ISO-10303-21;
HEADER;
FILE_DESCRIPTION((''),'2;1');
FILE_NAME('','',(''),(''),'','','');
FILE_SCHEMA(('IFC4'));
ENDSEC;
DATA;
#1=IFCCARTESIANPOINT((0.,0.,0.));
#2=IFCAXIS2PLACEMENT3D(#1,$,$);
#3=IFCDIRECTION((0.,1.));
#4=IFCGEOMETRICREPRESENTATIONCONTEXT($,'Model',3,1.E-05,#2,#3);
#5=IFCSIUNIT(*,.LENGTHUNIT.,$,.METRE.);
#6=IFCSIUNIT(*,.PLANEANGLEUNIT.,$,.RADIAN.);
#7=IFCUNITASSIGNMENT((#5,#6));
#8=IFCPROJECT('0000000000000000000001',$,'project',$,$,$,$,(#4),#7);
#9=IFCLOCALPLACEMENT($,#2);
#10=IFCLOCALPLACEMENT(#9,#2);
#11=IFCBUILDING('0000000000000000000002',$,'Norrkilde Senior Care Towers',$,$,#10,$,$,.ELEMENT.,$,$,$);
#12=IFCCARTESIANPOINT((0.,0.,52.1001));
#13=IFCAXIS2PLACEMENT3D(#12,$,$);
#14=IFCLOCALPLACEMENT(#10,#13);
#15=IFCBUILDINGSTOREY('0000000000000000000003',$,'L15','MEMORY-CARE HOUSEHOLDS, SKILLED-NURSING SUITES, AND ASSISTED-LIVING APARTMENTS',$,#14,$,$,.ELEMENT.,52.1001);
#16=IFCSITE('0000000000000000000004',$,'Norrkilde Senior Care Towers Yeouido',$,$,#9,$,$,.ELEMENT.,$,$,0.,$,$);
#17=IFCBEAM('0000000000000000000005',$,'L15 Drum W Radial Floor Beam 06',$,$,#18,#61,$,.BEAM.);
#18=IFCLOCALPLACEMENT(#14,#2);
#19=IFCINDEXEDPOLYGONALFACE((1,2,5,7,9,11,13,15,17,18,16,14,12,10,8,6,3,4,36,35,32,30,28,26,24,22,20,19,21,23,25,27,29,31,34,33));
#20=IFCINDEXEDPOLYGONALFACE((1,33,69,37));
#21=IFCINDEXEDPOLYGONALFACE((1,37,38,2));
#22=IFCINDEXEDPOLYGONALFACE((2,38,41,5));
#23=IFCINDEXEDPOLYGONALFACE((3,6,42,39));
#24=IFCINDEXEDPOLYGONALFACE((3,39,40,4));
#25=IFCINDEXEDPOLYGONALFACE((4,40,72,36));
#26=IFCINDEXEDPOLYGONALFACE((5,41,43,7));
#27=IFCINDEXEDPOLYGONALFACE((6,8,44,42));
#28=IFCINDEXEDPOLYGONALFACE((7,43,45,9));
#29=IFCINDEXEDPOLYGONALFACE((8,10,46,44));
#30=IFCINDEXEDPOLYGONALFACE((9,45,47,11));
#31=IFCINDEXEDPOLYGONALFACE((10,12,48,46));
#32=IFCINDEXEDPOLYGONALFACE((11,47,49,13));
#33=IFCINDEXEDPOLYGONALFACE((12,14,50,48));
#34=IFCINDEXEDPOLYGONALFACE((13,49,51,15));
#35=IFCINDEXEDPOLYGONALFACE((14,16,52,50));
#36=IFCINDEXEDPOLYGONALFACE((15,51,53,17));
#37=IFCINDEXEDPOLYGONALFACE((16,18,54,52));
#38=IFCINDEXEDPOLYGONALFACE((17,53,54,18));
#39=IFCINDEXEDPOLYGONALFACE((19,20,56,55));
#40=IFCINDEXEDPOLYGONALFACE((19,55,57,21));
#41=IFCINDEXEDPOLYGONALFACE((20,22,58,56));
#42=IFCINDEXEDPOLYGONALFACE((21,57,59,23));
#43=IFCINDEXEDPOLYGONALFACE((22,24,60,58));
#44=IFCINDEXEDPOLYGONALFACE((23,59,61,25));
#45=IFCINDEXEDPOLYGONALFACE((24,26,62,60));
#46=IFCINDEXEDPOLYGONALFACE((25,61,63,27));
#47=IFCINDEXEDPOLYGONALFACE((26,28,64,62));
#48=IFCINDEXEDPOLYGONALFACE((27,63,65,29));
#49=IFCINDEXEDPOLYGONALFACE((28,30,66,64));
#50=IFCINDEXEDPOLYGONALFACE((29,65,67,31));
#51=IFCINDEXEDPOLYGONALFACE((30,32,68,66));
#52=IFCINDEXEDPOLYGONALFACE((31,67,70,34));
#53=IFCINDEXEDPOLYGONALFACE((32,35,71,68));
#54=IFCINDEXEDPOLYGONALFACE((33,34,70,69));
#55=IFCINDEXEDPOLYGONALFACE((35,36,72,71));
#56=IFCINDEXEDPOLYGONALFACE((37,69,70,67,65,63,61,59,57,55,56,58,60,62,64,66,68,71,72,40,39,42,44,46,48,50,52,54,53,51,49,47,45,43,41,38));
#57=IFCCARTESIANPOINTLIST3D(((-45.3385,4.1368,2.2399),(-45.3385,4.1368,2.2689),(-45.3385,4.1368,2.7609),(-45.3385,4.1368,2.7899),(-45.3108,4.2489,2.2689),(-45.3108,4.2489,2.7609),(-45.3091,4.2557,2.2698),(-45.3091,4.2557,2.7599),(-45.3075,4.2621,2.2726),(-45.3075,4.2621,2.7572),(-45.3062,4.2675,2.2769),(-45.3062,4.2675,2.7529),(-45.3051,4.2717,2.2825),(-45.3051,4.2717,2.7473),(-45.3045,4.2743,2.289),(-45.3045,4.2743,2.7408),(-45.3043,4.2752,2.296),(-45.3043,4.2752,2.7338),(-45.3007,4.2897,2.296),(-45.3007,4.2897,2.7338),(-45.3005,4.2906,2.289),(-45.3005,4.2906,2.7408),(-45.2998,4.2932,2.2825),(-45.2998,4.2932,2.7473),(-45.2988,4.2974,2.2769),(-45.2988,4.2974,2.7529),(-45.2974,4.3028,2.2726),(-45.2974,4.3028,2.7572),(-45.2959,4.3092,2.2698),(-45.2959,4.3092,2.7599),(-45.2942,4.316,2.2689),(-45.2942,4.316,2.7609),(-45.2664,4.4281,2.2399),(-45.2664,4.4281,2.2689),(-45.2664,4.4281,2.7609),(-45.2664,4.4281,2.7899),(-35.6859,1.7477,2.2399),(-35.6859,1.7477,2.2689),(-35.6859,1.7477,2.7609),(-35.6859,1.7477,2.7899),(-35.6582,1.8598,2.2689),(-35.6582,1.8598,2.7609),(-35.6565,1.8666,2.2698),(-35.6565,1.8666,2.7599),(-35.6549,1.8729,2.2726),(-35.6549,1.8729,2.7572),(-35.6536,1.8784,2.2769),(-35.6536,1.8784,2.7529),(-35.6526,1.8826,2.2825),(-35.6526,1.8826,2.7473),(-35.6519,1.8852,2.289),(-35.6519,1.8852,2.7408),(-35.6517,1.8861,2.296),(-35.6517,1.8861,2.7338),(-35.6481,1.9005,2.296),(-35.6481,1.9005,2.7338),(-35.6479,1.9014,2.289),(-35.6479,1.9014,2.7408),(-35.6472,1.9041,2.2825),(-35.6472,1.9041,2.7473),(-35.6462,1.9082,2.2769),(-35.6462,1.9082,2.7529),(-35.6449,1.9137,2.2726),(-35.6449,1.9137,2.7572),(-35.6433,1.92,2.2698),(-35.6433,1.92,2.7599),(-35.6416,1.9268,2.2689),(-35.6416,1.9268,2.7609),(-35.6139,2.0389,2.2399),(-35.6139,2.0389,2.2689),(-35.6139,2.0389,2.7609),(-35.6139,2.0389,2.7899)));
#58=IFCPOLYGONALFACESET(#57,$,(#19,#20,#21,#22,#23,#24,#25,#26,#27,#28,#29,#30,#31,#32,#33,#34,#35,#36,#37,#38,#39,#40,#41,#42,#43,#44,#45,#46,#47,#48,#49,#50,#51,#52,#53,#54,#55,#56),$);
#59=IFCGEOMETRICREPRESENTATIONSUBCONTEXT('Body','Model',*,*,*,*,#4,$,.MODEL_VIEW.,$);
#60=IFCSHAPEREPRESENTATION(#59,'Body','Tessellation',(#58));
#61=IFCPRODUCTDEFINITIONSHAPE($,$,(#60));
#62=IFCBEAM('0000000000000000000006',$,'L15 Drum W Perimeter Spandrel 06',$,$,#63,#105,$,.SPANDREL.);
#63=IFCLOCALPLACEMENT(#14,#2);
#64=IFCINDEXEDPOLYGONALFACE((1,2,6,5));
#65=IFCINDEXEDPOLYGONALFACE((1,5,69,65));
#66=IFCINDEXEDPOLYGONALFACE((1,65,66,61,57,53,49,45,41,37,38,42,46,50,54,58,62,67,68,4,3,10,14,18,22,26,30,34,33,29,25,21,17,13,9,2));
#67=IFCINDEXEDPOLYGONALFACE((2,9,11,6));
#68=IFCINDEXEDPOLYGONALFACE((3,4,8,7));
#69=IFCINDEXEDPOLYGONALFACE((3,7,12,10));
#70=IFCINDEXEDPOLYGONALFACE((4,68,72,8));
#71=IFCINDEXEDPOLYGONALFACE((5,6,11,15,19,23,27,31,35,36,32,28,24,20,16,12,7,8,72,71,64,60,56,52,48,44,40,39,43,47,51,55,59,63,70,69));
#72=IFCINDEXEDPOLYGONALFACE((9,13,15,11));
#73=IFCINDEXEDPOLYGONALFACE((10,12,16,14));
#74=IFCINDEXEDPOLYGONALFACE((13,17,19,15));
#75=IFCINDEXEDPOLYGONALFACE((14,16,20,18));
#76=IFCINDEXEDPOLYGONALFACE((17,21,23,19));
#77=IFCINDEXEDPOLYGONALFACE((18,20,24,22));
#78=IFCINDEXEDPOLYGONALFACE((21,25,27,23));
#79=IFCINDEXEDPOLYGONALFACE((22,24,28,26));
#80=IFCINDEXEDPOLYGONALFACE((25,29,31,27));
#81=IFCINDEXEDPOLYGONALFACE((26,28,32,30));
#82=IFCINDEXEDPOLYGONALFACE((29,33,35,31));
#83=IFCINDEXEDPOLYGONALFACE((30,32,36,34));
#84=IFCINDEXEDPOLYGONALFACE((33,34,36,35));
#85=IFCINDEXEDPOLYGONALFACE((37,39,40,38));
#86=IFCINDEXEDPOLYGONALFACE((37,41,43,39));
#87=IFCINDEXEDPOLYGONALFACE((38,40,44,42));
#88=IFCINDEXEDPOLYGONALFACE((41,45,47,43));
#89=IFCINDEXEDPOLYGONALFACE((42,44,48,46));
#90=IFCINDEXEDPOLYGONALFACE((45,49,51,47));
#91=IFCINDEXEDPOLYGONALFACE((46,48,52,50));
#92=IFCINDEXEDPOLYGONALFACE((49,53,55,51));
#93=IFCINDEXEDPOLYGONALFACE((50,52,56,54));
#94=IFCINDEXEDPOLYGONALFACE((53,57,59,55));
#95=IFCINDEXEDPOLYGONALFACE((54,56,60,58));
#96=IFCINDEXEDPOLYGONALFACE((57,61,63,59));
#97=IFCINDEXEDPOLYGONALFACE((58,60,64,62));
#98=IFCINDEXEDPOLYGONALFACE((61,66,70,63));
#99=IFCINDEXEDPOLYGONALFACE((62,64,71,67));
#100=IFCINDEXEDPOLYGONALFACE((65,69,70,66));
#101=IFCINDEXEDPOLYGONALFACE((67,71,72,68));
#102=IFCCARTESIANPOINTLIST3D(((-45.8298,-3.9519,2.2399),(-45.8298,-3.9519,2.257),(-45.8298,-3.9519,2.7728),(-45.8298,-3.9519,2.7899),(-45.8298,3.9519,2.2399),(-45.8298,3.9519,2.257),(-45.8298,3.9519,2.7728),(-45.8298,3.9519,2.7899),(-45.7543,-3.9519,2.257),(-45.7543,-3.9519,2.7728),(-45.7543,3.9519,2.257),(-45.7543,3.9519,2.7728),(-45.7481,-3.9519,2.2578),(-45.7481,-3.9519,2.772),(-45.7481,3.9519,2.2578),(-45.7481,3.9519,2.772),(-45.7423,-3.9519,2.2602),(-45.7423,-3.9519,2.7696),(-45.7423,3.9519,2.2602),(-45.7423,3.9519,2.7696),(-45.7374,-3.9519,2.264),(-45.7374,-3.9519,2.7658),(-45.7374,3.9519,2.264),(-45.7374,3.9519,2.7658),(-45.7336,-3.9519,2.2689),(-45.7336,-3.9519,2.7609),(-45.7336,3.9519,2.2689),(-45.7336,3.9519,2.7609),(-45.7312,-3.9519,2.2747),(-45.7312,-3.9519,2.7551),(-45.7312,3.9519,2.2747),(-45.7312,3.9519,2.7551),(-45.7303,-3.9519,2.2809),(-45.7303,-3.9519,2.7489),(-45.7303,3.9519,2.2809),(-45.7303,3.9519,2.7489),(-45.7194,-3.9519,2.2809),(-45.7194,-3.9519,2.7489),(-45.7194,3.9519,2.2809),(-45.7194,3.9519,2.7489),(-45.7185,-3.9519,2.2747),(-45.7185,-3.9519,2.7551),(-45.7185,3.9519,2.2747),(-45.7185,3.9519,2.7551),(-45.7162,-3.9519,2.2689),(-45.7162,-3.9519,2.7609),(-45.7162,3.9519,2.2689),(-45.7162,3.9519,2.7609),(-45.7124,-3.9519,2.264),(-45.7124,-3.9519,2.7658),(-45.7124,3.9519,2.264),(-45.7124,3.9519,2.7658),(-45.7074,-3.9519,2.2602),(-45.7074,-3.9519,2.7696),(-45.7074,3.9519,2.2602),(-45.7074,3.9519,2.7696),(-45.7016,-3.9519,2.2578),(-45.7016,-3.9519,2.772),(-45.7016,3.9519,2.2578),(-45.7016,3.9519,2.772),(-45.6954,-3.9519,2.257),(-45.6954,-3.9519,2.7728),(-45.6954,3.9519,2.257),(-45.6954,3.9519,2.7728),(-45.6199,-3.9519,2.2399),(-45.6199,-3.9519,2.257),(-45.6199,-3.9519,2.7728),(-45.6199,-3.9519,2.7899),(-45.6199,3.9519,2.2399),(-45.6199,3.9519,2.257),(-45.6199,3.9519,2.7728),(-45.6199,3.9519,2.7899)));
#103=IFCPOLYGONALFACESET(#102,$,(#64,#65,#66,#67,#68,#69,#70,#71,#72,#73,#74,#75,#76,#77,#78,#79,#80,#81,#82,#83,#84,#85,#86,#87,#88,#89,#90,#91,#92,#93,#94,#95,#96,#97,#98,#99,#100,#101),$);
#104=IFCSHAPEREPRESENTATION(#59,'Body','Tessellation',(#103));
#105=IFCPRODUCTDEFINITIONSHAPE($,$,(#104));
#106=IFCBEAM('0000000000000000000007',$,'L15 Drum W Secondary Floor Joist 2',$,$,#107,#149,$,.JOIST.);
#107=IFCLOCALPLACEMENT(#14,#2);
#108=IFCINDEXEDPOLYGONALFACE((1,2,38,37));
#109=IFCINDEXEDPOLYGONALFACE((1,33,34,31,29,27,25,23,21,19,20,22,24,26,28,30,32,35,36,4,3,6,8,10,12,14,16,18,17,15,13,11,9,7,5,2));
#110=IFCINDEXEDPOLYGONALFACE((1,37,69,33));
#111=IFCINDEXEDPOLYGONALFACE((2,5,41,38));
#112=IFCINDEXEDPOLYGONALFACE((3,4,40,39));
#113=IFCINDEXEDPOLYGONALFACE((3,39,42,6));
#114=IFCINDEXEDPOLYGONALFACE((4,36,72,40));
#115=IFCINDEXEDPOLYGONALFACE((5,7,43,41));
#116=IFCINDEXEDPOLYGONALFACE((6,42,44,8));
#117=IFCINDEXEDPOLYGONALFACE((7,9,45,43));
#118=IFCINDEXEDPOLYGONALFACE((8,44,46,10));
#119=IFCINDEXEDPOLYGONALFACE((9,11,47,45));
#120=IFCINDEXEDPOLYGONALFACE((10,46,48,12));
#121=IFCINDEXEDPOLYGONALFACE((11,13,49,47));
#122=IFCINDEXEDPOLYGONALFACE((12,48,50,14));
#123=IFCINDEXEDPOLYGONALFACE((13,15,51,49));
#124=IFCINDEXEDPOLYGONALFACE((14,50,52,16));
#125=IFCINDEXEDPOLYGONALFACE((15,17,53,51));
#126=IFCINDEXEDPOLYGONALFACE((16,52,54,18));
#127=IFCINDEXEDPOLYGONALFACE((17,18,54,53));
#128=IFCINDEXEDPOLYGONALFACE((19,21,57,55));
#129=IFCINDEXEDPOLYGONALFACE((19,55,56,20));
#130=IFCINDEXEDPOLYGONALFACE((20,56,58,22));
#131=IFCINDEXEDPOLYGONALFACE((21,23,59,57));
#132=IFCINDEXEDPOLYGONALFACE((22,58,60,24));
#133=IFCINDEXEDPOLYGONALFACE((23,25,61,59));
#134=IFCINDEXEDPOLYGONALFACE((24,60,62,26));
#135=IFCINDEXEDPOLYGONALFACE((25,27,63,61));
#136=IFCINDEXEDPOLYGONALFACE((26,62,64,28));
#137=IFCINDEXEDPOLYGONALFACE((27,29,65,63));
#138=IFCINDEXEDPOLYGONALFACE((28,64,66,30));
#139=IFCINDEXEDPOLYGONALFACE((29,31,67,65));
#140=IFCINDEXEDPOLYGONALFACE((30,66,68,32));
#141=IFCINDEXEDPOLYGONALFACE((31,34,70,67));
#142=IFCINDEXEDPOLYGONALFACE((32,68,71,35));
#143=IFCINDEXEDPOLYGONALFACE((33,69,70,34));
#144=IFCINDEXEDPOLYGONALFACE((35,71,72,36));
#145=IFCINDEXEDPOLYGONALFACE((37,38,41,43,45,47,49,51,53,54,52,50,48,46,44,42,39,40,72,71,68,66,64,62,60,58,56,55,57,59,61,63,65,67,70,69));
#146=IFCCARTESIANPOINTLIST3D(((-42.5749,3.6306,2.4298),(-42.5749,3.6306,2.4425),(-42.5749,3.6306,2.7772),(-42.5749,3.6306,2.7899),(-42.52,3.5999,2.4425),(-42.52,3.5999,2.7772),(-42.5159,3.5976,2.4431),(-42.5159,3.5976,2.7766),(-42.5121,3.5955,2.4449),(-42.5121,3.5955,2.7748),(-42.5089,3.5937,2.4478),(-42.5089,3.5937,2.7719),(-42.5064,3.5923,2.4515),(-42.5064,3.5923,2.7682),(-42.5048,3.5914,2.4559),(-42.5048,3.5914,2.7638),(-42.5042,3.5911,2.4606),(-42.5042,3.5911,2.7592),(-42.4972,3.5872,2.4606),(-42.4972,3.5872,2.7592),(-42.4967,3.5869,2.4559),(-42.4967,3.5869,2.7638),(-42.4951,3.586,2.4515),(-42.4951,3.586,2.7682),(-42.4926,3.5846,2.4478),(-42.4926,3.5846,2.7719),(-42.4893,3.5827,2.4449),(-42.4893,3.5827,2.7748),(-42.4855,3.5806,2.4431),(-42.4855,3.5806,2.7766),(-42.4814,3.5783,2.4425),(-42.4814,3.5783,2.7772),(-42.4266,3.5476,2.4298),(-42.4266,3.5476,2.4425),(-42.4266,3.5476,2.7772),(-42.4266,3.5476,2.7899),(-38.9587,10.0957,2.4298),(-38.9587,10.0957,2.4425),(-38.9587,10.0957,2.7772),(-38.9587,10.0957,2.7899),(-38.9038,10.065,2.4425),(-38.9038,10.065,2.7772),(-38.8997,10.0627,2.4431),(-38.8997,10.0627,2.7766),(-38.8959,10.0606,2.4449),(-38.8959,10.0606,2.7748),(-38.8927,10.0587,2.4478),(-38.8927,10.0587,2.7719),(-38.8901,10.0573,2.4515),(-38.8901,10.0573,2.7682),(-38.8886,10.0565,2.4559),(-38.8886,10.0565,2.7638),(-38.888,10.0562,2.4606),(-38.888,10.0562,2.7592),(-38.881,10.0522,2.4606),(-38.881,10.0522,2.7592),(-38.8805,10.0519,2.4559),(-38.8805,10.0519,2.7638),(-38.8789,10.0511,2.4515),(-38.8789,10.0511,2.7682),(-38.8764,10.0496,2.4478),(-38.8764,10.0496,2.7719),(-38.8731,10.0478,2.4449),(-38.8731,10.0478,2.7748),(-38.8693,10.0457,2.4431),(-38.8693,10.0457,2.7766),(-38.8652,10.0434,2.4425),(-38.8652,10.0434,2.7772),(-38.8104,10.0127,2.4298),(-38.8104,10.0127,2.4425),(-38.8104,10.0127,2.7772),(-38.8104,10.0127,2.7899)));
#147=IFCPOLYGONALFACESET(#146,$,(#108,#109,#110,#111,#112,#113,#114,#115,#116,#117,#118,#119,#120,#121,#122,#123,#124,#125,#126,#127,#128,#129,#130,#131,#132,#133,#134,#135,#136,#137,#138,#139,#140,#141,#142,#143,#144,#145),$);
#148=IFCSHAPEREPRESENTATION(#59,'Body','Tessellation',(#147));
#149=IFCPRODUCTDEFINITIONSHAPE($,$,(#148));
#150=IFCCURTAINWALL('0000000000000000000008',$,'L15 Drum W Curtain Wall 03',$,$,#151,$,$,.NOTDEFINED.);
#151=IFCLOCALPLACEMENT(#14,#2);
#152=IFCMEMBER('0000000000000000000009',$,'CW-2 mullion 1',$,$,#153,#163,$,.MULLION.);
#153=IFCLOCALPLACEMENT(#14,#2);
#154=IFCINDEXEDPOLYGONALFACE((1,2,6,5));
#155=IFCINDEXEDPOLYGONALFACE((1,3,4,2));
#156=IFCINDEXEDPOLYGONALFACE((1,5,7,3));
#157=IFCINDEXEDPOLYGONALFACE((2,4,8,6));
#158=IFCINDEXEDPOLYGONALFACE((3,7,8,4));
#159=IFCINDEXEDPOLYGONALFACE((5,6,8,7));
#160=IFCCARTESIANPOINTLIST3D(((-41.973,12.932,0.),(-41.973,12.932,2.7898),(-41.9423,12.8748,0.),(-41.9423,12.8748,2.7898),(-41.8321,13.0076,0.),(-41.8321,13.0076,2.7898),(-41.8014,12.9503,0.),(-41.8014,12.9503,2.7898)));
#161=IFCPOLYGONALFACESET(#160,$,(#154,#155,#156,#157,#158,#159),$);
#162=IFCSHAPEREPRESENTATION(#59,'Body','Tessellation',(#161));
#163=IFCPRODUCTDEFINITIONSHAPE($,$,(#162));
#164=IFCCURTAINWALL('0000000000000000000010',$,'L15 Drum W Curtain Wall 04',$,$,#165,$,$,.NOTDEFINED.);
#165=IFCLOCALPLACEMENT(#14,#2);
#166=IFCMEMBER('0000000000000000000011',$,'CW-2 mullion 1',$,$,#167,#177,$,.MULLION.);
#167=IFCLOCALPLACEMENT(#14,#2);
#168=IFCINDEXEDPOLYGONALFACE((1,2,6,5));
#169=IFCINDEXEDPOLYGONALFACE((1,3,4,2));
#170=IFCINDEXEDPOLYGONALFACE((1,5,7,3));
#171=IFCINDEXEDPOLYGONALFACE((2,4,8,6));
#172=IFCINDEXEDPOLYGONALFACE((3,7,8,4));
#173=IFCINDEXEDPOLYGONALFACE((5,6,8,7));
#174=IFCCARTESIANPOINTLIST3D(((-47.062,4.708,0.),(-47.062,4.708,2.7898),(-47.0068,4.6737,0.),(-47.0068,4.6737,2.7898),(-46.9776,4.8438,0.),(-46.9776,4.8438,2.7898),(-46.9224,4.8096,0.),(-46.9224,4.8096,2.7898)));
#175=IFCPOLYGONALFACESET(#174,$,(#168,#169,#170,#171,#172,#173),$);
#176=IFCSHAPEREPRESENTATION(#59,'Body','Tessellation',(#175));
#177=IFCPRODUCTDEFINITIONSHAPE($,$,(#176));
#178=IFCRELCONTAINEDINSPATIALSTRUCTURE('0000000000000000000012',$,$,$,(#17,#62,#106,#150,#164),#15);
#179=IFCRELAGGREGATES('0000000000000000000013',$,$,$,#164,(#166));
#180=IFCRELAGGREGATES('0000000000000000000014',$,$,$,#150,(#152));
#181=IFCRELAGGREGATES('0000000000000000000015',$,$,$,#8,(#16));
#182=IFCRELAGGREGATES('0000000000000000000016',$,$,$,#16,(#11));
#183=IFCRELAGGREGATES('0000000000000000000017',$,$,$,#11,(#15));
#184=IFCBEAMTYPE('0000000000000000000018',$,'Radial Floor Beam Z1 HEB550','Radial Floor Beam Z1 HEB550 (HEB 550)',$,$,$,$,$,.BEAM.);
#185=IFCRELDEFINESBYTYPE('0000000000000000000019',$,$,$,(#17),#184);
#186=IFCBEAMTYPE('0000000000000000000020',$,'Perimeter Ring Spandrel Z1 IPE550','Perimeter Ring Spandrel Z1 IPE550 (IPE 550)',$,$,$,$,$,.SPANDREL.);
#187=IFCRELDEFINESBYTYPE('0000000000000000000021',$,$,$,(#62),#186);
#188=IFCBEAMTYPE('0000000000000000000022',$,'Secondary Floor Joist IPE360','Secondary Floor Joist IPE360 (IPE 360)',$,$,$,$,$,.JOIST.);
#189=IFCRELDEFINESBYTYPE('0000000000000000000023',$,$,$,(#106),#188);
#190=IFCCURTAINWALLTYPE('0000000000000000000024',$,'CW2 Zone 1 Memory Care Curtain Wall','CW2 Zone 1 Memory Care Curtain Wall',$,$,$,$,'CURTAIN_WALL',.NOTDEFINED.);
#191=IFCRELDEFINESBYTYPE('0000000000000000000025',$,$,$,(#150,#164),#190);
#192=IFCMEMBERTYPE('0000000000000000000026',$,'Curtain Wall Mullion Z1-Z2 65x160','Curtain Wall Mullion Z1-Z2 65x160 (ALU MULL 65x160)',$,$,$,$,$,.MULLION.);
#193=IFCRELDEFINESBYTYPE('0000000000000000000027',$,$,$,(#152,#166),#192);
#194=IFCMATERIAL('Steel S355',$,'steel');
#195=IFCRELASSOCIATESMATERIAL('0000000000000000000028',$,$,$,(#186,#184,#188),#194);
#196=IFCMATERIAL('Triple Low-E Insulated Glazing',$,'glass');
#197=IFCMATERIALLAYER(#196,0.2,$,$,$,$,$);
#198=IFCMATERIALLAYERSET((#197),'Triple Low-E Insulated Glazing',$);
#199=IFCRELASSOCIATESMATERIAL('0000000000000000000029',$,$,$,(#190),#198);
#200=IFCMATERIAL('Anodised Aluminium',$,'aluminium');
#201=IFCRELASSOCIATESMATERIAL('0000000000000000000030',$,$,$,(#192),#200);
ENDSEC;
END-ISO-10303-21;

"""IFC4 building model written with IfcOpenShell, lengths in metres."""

from ifc_helpers import new_model, si_unit, direction, frame, origin, origin_2d, place, context, subcontext, project, spatial, rectangle, i_section, extrude, source, transform, mapped, material, layer, layer_set, material_profile, profile_set, type_object, type_shapes, element, aggregate, save


model = new_model("IFC4")

# Units and contexts
model_context = context("Model", 3, precision=1e-05, world=origin(), true_north=direction((0.0, 1.0)))
body_context = subcontext(model_context, "Body", "Model", "MODEL_VIEW")
ifc_project = project(units=[si_unit("LENGTHUNIT", "METRE"), si_unit("PLANEANGLEUNIT", "RADIAN")], contexts=[model_context])

# Site, building, storey
site_placement = place(None, origin())
site = spatial("IfcSite", under=ifc_project, at=site_placement, Name="Norrkilde Senior Care Towers Yeouido", CompositionType="ELEMENT", RefElevation=0.0)
building_placement = place(site_placement, origin())
building = spatial("IfcBuilding", under=site, at=building_placement, Name="Norrkilde Senior Care Towers", CompositionType="ELEMENT")
storey_placement = place(building_placement, frame((0.0, 0.0, 52.1001)))
storey = spatial("IfcBuildingStorey", under=building, at=storey_placement, Name="L15", Description="MEMORY-CARE HOUSEHOLDS, SKILLED-NURSING SUITES, AND ASSISTED-LIVING APARTMENTS", CompositionType="ELEMENT", Elevation=52.1001)

# Beams
ifc_material_1 = material(Name="Steel S355", Category="steel")
ifc_material_profile_1 = material_profile(ifc_material_1, i_section(OverallWidth=0.21, OverallDepth=0.55, WebThickness=0.011, FlangeThickness=0.0171, FilletRadius=0.0239, at=origin_2d()), Name="IPE 550")
ifc_profile_set_1 = profile_set([ifc_material_profile_1], Name="Steel S355")
beam_type_1 = type_object("IfcBeamType", Name="Perimeter Ring Spandrel Z1 IPE550", Description="Perimeter Ring Spandrel Z1 IPE550 (IPE 550)", PredefinedType="SPANDREL", material=ifc_profile_set_1)
ifc_material_profile_2 = material_profile(ifc_material_1, i_section(OverallWidth=0.3, OverallDepth=0.55, WebThickness=0.0149, FlangeThickness=0.0291, FilletRadius=0.0271, at=origin_2d()), Name="HEB 550")
ifc_profile_set_2 = profile_set([ifc_material_profile_2], Name="Steel S355")
beam_type_2 = type_object("IfcBeamType", Name="Radial Floor Beam Z1 HEB550", Description="Radial Floor Beam Z1 HEB550 (HEB 550)", PredefinedType="BEAM", material=ifc_profile_set_2)
shared_shape_1 = source(origin(), body_context, "Body", "SweptSolid", [
    extrude(i_section(OverallWidth=0.3, OverallDepth=0.55, WebThickness=0.0149, FlangeThickness=0.0291, FilletRadius=0.0271, at=origin_2d()), origin(), (0.0, 0.0, 1.0), 9.9438),
])
type_shapes(beam_type_2, [shared_shape_1])
beam_1_placement = place(storey_placement, frame((-35.6499, 1.8933, 2.5149), z_axis=(-0.970707, 0.240265, 0.0), x_axis=(-0.240265, -0.970707, 0.0)))
element("IfcBeam", 1, at=beam_1_placement, inside=storey, type_object=beam_type_2, Name="L15 Drum W Radial Floor Beam 06", PredefinedType="BEAM", context=body_context, shape_type="MappedRepresentation", body=[
    mapped(shared_shape_1, transform((0.0, 0.0, 0.0), x_axis=(1.0, 0.0, 0.0), y_axis=(0.0, 1.0, 0.0), z_axis=(0.0, 0.0, 1.0), scale=1.0)),
])
shared_shape_2 = source(origin(), body_context, "Body", "SweptSolid", [
    extrude(i_section(OverallWidth=0.21, OverallDepth=0.55, WebThickness=0.011, FlangeThickness=0.0171, FilletRadius=0.0239, at=origin_2d()), origin(), (0.0, 0.0, 1.0), 7.9038),
])
beam_2_placement = place(storey_placement, frame((-45.7249, 3.9519, 2.5149), z_axis=(0.0, -1.0, 0.0), x_axis=(1.0, 0.0, 0.0)))
element("IfcBeam", 2, at=beam_2_placement, inside=storey, type_object=beam_type_1, Name="L15 Drum W Perimeter Spandrel 06", PredefinedType="SPANDREL", context=body_context, shape_type="MappedRepresentation", body=[
    mapped(shared_shape_2, transform((0.0, 0.0, 0.0), x_axis=(1.0, 0.0, 0.0), y_axis=(0.0, 1.0, 0.0), z_axis=(0.0, 0.0, 1.0), scale=1.0)),
])
ifc_material_profile_3 = material_profile(ifc_material_1, i_section(OverallWidth=0.1699, OverallDepth=0.3601, WebThickness=0.0081, FlangeThickness=0.0127, FilletRadius=0.0181, at=origin_2d()), Name="IPE 360")
ifc_profile_set_3 = profile_set([ifc_material_profile_3], Name="Steel S355")
beam_type_3 = type_object("IfcBeamType", Name="Secondary Floor Joist IPE360", Description="Secondary Floor Joist IPE360 (IPE 360)", PredefinedType="JOIST", material=ifc_profile_set_3)
shared_shape_3 = source(origin(), body_context, "Body", "SweptSolid", [
    extrude(i_section(OverallWidth=0.1699, OverallDepth=0.3601, WebThickness=0.0081, FlangeThickness=0.0127, FilletRadius=0.0181, at=origin_2d()), origin(), (0.0, 0.0, 1.0), 7.4077),
])
type_shapes(beam_type_3, [shared_shape_3])
beam_3_placement = place(storey_placement, frame((-38.8845, 10.0542, 2.6099), z_axis=(-0.488168, -0.87275, 0.0), x_axis=(0.87275, -0.488168, 0.0)))
element("IfcBeam", 3, at=beam_3_placement, inside=storey, type_object=beam_type_3, Name="L15 Drum W Secondary Floor Joist 2", PredefinedType="JOIST", context=body_context, shape_type="MappedRepresentation", body=[
    mapped(shared_shape_3, transform((0.0, 0.0, 0.0), x_axis=(1.0, 0.0, 0.0), y_axis=(0.0, 1.0, 0.0), z_axis=(0.0, 0.0, 1.0), scale=1.0)),
])

# Curtain wall, member
ifc_material_2 = material(Name="Triple Low-E Insulated Glazing", Category="glass")
ifc_layer_1 = layer(ifc_material_2, 0.2)
ifc_layer_set_1 = layer_set([ifc_layer_1], Name="Triple Low-E Insulated Glazing")
curtain_wall_type = type_object("IfcCurtainWallType", Name="CW2 Zone 1 Memory Care Curtain Wall", Description="CW2 Zone 1 Memory Care Curtain Wall", ElementType="CURTAIN_WALL", PredefinedType="NOTDEFINED", material=ifc_layer_set_1)
curtain_wall_1_placement = place(storey_placement, origin())
curtain_wall_1 = element("IfcCurtainWall", 4, at=curtain_wall_1_placement, inside=storey, type_object=curtain_wall_type, Name="L15 Drum W Curtain Wall 03", PredefinedType="NOTDEFINED")
ifc_material_3 = material(Name="Anodised Aluminium", Category="aluminium")
ifc_material_profile_4 = material_profile(ifc_material_3, rectangle(XDim=0.0649, YDim=0.1599, at=origin_2d()), Name="ALU MULL 65x160")
ifc_profile_set_4 = profile_set([ifc_material_profile_4], Name="Anodised Aluminium")
member_type_1 = type_object("IfcMemberType", Name="Curtain Wall Mullion Z1-Z2 65x160", Description="Curtain Wall Mullion Z1-Z2 65x160 (ALU MULL 65x160)", PredefinedType="MULLION", material=ifc_profile_set_4)
shared_shape_4 = source(origin(), body_context, "Body", "SweptSolid", [
    extrude(rectangle(XDim=0.0649, YDim=0.1599, at=origin_2d()), origin(), (0.0, 0.0, 1.0), 2.7898),
])
type_shapes(member_type_1, [shared_shape_4])
member_1_placement = place(storey_placement, frame((-41.8872, 12.9412, 0.0), z_axis=(0.0, 0.0, 1.0), x_axis=(-0.472608, 0.881273, 0.0)))
member_1 = element("IfcMember", 5, at=member_1_placement, type_object=member_type_1, Name="CW-2 mullion 1", PredefinedType="MULLION", context=body_context, shape_type="MappedRepresentation", body=[
    mapped(shared_shape_4, transform((0.0, 0.0, 0.0), x_axis=(1.0, 0.0, 0.0), y_axis=(0.0, 1.0, 0.0), z_axis=(0.0, 0.0, 1.0), scale=1.0)),
])

# Curtain wall, member
curtain_wall_2_placement = place(storey_placement, origin())
curtain_wall_2 = element("IfcCurtainWall", 6, at=curtain_wall_2_placement, inside=storey, type_object=curtain_wall_type, Name="L15 Drum W Curtain Wall 04", PredefinedType="NOTDEFINED")
member_2_placement = place(storey_placement, frame((-46.9922, 4.7588, 0.0), z_axis=(0.0, 0.0, 1.0), x_axis=(-0.849306, 0.527901, 0.0)))
member_2 = element("IfcMember", 7, at=member_2_placement, type_object=member_type_1, Name="CW-2 mullion 1", PredefinedType="MULLION", context=body_context, shape_type="MappedRepresentation", body=[
    mapped(shared_shape_4, transform((0.0, 0.0, 0.0), x_axis=(1.0, 0.0, 0.0), y_axis=(0.0, 1.0, 0.0), z_axis=(0.0, 0.0, 1.0), scale=1.0)),
])

aggregate(curtain_wall_2, [member_2])
aggregate(curtain_wall_1, [member_1])

save(model, "model.ifc")
